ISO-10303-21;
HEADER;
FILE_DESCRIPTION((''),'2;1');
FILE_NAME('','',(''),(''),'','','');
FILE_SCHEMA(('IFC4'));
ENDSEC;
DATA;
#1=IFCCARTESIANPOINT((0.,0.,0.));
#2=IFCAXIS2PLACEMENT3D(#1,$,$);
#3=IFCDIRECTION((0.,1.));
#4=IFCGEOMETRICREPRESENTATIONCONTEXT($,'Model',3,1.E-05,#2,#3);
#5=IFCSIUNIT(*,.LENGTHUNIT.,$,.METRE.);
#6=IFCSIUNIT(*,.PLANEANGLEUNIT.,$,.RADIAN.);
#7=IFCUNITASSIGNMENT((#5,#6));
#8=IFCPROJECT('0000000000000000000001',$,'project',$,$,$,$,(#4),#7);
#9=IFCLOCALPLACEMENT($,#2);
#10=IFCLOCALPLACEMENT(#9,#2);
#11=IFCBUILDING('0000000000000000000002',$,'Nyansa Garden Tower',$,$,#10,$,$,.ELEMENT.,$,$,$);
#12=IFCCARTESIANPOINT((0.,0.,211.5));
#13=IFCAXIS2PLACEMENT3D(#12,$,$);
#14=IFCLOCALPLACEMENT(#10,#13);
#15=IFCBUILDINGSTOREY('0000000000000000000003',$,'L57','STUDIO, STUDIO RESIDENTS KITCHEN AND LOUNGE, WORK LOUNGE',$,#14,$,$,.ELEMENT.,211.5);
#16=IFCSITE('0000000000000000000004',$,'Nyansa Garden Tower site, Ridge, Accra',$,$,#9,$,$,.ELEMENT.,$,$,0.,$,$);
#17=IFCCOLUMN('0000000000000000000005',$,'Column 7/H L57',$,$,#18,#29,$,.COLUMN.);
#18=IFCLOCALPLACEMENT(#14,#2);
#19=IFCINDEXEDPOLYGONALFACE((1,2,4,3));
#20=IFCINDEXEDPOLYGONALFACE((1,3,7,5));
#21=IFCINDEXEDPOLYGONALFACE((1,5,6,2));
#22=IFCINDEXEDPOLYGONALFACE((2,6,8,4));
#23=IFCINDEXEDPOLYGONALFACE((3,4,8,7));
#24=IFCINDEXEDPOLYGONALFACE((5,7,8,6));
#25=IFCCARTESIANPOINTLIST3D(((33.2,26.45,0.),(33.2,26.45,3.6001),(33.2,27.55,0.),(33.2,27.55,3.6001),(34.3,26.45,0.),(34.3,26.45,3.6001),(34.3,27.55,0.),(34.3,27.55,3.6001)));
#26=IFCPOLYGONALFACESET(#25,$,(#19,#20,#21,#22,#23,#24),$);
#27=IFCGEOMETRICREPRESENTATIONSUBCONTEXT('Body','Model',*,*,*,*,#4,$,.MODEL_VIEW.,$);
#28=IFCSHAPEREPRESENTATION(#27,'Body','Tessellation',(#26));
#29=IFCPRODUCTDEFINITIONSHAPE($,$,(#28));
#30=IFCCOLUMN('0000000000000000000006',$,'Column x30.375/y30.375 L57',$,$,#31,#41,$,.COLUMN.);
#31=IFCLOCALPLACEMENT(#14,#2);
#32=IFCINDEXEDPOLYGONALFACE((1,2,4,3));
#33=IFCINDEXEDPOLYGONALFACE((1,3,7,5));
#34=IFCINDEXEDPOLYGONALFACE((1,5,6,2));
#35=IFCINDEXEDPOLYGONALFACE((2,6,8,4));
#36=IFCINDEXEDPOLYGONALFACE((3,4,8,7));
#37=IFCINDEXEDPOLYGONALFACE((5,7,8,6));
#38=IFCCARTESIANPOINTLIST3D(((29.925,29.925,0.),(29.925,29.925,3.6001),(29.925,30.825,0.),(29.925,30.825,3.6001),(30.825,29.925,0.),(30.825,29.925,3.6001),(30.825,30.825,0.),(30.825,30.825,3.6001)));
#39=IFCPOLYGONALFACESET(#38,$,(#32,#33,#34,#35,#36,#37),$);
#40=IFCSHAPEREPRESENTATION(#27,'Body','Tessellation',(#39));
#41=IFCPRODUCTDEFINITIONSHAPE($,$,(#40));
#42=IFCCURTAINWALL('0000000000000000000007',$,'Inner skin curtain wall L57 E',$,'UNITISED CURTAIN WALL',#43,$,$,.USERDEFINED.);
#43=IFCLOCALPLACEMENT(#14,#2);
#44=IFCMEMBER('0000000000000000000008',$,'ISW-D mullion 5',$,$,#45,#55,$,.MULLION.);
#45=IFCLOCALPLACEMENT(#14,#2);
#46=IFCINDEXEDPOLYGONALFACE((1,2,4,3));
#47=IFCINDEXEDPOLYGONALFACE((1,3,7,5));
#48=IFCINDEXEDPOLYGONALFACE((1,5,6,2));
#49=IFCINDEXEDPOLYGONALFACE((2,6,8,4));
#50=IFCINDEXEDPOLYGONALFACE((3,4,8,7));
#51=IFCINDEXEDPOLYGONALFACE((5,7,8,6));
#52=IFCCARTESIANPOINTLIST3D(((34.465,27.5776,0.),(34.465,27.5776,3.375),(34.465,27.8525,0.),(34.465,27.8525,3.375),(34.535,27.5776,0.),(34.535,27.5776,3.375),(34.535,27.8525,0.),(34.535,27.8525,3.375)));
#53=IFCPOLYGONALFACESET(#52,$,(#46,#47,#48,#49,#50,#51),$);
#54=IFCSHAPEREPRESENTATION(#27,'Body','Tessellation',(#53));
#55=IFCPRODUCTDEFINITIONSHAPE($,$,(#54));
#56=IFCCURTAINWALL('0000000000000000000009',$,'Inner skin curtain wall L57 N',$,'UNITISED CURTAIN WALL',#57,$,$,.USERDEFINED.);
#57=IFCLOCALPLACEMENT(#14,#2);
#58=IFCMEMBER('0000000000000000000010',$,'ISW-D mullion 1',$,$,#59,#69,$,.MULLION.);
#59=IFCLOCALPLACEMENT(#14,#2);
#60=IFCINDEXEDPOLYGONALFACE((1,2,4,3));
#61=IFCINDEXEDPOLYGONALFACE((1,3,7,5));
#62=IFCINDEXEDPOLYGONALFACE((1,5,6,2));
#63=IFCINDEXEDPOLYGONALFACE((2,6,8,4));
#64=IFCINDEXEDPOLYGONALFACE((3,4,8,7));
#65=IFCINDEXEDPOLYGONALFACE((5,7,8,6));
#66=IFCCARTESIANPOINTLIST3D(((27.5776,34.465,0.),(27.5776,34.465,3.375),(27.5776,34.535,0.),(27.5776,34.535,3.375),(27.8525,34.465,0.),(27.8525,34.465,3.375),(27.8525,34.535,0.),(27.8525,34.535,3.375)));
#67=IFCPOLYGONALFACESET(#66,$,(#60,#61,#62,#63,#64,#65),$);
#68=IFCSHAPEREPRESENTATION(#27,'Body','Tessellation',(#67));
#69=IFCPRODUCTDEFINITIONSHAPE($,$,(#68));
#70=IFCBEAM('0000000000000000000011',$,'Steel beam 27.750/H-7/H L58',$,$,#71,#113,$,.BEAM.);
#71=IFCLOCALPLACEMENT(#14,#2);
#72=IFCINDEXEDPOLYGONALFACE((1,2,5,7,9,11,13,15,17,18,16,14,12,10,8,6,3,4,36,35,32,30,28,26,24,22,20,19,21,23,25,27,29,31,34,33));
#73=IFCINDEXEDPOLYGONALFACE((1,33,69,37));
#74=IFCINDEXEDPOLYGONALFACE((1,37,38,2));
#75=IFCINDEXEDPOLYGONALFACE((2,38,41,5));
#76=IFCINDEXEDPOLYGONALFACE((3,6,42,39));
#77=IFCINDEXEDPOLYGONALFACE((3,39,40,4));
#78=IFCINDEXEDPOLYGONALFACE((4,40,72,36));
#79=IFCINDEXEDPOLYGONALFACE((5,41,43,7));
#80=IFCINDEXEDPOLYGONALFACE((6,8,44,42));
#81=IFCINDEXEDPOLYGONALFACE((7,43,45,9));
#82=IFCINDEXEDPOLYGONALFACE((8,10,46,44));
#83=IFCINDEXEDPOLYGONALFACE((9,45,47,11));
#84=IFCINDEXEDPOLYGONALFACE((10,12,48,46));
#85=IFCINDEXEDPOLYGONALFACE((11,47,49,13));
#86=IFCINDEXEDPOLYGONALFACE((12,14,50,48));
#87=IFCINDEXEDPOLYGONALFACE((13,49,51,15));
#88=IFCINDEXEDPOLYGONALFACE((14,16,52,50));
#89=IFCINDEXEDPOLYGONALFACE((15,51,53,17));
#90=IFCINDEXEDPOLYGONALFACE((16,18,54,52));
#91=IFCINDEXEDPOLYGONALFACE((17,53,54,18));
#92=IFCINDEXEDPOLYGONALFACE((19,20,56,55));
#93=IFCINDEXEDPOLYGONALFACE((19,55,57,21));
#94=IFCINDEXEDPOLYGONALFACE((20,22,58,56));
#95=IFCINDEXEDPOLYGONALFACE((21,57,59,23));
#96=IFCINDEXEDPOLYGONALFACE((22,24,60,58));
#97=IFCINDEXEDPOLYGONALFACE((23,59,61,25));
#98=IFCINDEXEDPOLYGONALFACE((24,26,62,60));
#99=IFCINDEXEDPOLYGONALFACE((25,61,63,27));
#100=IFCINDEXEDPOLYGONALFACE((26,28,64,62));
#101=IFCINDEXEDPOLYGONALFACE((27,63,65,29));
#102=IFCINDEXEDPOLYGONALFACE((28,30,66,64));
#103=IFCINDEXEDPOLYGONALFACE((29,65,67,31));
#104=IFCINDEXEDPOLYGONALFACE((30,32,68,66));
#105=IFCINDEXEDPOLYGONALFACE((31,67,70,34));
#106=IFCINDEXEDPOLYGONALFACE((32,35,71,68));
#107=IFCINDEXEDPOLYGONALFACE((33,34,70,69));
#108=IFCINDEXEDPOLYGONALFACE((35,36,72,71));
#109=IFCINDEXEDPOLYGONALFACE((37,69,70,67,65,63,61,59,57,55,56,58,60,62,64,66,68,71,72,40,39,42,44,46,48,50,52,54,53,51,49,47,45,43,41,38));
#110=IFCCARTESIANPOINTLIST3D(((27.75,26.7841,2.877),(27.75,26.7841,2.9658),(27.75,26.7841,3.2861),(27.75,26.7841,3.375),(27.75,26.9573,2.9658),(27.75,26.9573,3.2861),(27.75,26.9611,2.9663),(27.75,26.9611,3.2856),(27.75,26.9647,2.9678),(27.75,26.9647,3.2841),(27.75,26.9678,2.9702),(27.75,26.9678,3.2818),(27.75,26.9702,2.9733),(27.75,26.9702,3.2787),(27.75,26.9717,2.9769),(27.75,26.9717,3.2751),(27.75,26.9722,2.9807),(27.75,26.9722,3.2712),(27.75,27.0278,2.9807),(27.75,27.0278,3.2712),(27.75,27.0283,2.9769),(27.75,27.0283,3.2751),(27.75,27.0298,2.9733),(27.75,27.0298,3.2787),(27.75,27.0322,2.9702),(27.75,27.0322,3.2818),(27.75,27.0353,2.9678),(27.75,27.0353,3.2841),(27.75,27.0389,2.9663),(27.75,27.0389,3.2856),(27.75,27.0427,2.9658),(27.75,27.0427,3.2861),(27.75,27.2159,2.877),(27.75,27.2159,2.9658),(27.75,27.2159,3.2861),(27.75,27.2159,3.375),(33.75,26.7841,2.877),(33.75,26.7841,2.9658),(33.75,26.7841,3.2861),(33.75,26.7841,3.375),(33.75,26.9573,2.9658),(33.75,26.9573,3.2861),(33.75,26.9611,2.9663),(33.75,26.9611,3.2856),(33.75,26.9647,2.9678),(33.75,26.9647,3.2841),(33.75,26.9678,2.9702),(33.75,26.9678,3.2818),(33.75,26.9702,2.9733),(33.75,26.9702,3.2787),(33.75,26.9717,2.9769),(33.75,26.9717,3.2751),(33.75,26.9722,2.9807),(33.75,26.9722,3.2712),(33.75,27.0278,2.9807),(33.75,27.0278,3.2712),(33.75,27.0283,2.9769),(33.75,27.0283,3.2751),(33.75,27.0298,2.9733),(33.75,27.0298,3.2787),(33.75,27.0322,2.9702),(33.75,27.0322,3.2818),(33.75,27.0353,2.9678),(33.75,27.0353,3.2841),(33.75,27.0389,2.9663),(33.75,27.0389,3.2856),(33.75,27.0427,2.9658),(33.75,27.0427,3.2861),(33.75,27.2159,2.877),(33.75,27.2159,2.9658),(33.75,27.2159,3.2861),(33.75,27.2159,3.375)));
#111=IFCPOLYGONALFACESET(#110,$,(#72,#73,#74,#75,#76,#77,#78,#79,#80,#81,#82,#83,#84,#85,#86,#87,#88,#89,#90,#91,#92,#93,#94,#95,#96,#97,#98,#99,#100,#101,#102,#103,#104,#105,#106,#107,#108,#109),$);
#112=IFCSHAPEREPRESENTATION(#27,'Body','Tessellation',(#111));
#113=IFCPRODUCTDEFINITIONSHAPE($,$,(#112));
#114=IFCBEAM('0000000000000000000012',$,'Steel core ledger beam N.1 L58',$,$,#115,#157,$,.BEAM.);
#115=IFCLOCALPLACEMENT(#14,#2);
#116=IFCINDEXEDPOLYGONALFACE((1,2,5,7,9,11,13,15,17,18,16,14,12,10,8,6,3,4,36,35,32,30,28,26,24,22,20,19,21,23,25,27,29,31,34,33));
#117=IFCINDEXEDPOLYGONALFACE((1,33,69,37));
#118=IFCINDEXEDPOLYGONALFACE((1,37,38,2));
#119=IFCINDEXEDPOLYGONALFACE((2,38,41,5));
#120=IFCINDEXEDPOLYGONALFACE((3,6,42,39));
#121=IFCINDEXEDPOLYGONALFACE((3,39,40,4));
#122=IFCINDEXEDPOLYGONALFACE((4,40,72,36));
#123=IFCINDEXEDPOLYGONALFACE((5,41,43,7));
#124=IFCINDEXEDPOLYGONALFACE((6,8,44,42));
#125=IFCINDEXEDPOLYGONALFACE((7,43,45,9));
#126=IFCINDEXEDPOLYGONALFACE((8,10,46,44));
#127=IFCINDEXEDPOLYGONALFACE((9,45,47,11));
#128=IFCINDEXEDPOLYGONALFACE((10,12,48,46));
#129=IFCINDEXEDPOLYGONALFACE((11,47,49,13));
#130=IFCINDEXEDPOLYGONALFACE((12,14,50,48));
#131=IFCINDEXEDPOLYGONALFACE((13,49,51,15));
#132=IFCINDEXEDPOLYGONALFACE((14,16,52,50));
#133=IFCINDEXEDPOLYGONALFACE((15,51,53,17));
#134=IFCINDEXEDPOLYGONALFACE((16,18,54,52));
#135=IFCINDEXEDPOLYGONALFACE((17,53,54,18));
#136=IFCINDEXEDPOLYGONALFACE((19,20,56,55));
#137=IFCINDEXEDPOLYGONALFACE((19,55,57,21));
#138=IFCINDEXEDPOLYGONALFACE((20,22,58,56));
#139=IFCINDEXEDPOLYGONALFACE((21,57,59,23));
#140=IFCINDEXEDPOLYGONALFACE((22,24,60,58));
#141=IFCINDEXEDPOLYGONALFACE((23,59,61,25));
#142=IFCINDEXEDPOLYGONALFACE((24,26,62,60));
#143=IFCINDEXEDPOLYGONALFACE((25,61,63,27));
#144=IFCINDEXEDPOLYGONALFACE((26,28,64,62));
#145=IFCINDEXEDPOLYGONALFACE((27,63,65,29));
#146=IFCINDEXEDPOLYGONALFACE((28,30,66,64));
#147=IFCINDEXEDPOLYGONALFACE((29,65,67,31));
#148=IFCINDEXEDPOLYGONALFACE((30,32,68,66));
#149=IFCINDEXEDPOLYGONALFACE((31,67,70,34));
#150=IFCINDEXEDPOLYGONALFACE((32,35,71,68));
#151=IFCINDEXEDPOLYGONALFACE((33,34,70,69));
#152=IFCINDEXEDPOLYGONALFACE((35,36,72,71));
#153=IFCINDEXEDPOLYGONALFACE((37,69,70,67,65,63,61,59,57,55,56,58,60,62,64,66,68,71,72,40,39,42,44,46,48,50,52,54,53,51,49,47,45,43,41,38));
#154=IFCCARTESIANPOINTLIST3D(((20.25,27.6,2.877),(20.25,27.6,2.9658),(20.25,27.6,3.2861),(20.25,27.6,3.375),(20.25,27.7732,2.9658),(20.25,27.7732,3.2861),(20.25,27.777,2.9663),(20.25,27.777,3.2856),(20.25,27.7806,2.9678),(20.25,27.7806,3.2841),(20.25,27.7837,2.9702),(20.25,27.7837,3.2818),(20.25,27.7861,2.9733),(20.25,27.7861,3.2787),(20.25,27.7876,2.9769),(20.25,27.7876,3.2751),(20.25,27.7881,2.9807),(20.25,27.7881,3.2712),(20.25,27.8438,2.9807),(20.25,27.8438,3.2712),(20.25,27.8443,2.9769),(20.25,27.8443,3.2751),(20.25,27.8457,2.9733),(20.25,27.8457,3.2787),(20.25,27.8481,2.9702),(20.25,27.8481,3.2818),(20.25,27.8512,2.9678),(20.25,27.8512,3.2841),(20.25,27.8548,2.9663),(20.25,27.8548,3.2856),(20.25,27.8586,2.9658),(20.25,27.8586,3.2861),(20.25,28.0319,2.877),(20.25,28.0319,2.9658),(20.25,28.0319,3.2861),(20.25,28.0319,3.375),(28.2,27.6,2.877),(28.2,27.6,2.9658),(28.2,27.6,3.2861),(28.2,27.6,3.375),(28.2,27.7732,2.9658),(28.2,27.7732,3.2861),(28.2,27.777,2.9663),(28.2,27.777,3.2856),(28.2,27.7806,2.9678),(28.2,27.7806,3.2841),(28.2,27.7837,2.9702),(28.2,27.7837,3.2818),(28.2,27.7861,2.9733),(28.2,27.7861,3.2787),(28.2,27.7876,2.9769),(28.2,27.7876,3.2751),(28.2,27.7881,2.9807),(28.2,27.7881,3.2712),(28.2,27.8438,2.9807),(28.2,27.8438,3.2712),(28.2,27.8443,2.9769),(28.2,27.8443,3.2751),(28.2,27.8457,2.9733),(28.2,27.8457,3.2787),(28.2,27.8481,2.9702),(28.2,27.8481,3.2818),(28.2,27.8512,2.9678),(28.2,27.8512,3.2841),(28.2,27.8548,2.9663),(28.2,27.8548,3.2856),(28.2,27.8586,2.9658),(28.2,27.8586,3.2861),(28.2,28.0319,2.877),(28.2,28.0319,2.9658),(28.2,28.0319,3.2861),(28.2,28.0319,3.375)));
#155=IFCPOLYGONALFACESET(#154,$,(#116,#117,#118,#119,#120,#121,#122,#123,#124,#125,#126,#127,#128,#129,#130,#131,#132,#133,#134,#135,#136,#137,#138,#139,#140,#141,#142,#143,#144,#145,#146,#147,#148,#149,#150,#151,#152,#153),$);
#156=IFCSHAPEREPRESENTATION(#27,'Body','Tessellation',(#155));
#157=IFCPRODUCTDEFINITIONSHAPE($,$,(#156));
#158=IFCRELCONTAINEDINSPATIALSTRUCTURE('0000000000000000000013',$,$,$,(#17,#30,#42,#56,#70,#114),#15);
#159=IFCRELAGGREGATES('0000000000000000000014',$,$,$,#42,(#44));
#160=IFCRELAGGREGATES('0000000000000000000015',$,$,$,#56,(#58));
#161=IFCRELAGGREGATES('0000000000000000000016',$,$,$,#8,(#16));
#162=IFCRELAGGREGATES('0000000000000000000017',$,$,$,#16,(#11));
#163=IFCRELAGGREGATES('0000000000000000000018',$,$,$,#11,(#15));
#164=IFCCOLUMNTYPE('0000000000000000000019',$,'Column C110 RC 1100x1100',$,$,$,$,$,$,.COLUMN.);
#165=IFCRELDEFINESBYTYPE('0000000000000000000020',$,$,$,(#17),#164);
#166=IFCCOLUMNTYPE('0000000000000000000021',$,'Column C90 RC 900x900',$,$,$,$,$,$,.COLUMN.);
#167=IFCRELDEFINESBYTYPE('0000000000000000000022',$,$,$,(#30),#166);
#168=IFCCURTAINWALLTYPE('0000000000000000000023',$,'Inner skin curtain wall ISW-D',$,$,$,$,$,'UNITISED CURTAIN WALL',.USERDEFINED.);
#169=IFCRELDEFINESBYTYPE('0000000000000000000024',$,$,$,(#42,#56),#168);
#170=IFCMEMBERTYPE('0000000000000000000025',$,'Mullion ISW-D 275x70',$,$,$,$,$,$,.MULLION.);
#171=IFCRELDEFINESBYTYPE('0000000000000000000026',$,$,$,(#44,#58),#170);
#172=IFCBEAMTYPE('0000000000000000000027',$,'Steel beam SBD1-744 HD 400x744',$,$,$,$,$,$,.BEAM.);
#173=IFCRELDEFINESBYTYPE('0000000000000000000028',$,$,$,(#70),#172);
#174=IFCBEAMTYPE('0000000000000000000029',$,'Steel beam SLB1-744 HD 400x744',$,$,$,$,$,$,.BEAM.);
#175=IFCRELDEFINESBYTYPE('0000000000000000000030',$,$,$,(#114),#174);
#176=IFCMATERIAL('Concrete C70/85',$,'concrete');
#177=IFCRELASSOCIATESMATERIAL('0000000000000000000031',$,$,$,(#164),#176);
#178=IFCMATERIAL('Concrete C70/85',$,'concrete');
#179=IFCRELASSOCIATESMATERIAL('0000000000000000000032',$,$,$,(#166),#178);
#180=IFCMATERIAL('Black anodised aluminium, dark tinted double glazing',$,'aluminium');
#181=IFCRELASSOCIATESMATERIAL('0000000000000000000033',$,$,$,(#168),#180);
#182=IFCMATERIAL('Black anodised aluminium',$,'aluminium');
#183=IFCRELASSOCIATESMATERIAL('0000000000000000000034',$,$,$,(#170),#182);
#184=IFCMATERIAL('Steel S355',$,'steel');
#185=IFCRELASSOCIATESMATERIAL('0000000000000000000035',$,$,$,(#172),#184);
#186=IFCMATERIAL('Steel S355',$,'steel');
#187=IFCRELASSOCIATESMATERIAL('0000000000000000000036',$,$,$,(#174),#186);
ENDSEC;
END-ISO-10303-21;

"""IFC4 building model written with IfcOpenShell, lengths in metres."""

from ifc_helpers import new_model, si_unit, direction, frame, origin, origin_2d, place, context, subcontext, project, spatial, rectangle, i_section, extrude, material, material_profile, profile_set, type_object, element, aggregate, save


model = new_model("IFC4")

# Units and contexts
model_context = context("Model", 3, precision=1e-05, world=origin(), true_north=direction((0.0, 1.0)))
body_context = subcontext(model_context, "Body", "Model", "MODEL_VIEW")
ifc_project = project(units=[si_unit("LENGTHUNIT", "METRE"), si_unit("PLANEANGLEUNIT", "RADIAN")], contexts=[model_context])

# Site, building, storey
site_placement = place(None, origin())
site = spatial("IfcSite", under=ifc_project, at=site_placement, Name="Nyansa Garden Tower site, Ridge, Accra", CompositionType="ELEMENT", RefElevation=0.0)
building_placement = place(site_placement, origin())
building = spatial("IfcBuilding", under=site, at=building_placement, Name="Nyansa Garden Tower", CompositionType="ELEMENT")
storey_placement = place(building_placement, frame((0.0, 0.0, 211.5)))
storey = spatial("IfcBuildingStorey", under=building, at=storey_placement, Name="L57", Description="STUDIO, STUDIO RESIDENTS KITCHEN AND LOUNGE, WORK LOUNGE", CompositionType="ELEMENT", Elevation=211.5)

# Columns
ifc_material_1 = material(Name="Concrete C70/85", Category="concrete")
ifc_material_profile_1 = material_profile(ifc_material_1, rectangle(XDim=1.1001, YDim=1.1001, at=origin_2d()), Name="RC 1100x1100")
ifc_profile_set_1 = profile_set([ifc_material_profile_1], Name="Concrete C70/85")
column_type_1 = type_object("IfcColumnType", Name="Column C110 RC 1100x1100", PredefinedType="COLUMN", material=ifc_profile_set_1)
column_1_placement = place(storey_placement, frame((33.75, 27.0, 0.0), z_axis=(0.0, 0.0, 1.0), x_axis=(1.0, 0.0, 0.0)))
element("IfcColumn", 1, at=column_1_placement, inside=storey, type_object=column_type_1, Name="Column 7/H L57", PredefinedType="COLUMN", context=body_context, shape_type="SweptSolid", body=[
    extrude(rectangle(XDim=1.1001, YDim=1.1001, at=origin_2d()), origin(), (0.0, 0.0, 1.0), 3.6001),
])
ifc_material_2 = material(Name="Concrete C70/85", Category="concrete")
ifc_material_profile_2 = material_profile(ifc_material_2, rectangle(XDim=0.8999, YDim=0.8999, at=origin_2d()), Name="RC 900x900")
ifc_profile_set_2 = profile_set([ifc_material_profile_2], Name="Concrete C70/85")
column_type_2 = type_object("IfcColumnType", Name="Column C90 RC 900x900", PredefinedType="COLUMN", material=ifc_profile_set_2)
column_2_placement = place(storey_placement, frame((30.375, 30.375, 0.0), z_axis=(0.0, 0.0, 1.0), x_axis=(1.0, 0.0, 0.0)))
element("IfcColumn", 2, at=column_2_placement, inside=storey, type_object=column_type_2, Name="Column x30.375/y30.375 L57", PredefinedType="COLUMN", context=body_context, shape_type="SweptSolid", body=[
    extrude(rectangle(XDim=0.8999, YDim=0.8999, at=origin_2d()), origin(), (0.0, 0.0, 1.0), 3.6001),
])

# Curtain walls, members
ifc_material_3 = material(Name="Black anodised aluminium, dark tinted double glazing", Category="aluminium")
curtain_wall_type = type_object("IfcCurtainWallType", Name="Inner skin curtain wall ISW-D", ElementType="UNITISED CURTAIN WALL", PredefinedType="USERDEFINED", material=ifc_material_3)
curtain_wall_1_placement = place(storey_placement, origin())
curtain_wall_1 = element("IfcCurtainWall", 3, at=curtain_wall_1_placement, inside=storey, type_object=curtain_wall_type, Name="Inner skin curtain wall L57 E", ObjectType="UNITISED CURTAIN WALL", PredefinedType="USERDEFINED")
ifc_material_4 = material(Name="Black anodised aluminium", Category="aluminium")
ifc_material_profile_3 = material_profile(ifc_material_4, rectangle(XDim=0.0701, YDim=0.2749, at=origin_2d()), Name="Mullion 275x70")
ifc_profile_set_3 = profile_set([ifc_material_profile_3], Name="Black anodised aluminium")
member_type_1 = type_object("IfcMemberType", Name="Mullion ISW-D 275x70", PredefinedType="MULLION", material=ifc_profile_set_3)
member_1_placement = place(storey_placement, frame((34.5, 27.7151, 0.0), z_axis=(0.0, 0.0, 1.0), x_axis=(-1.0, 0.0, 0.0)))
member_1 = element("IfcMember", 4, at=member_1_placement, type_object=member_type_1, Name="ISW-D mullion 5", PredefinedType="MULLION", context=body_context, shape_type="SweptSolid", body=[
    extrude(rectangle(XDim=0.0701, YDim=0.2749, at=origin_2d()), origin(), (0.0, 0.0, 1.0), 3.375),
])
aggregate(curtain_wall_1, [member_1])
curtain_wall_2_placement = place(storey_placement, origin())
curtain_wall_2 = element("IfcCurtainWall", 5, at=curtain_wall_2_placement, inside=storey, type_object=curtain_wall_type, Name="Inner skin curtain wall L57 N", ObjectType="UNITISED CURTAIN WALL", PredefinedType="USERDEFINED")
member_2_placement = place(storey_placement, frame((27.7151, 34.5, 0.0), z_axis=(0.0, 0.0, 1.0), x_axis=(0.0, -1.0, 0.0)))
member_2 = element("IfcMember", 6, at=member_2_placement, type_object=member_type_1, Name="ISW-D mullion 1", PredefinedType="MULLION", context=body_context, shape_type="SweptSolid", body=[
    extrude(rectangle(XDim=0.0701, YDim=0.2749, at=origin_2d()), origin(), (0.0, 0.0, 1.0), 3.375),
])

# Beams
ifc_material_5 = material(Name="Steel S355", Category="steel")
ifc_material_profile_4 = material_profile(ifc_material_5, i_section(OverallWidth=0.4319, OverallDepth=0.498, WebThickness=0.0557, FlangeThickness=0.0889, FilletRadius=0.0149, at=origin_2d()), Name="HD 400x744")
ifc_profile_set_4 = profile_set([ifc_material_profile_4], Name="Steel S355")
beam_type_1 = type_object("IfcBeamType", Name="Steel beam SBD1-744 HD 400x744", PredefinedType="BEAM", material=ifc_profile_set_4)
beam_1_placement = place(storey_placement, frame((27.75, 27.0, 3.126), z_axis=(1.0, 0.0, 0.0), x_axis=(0.0, 1.0, 0.0)))
element("IfcBeam", 7, at=beam_1_placement, inside=storey, type_object=beam_type_1, Name="Steel beam 27.750/H-7/H L58", PredefinedType="BEAM", context=body_context, shape_type="SweptSolid", body=[
    extrude(i_section(OverallWidth=0.4319, OverallDepth=0.498, WebThickness=0.0557, FlangeThickness=0.0889, FilletRadius=0.0149, at=origin_2d()), origin(), (0.0, 0.0, 1.0), 6.0),
])
ifc_material_6 = material(Name="Steel S355", Category="steel")
ifc_material_profile_5 = material_profile(ifc_material_6, i_section(OverallWidth=0.4319, OverallDepth=0.498, WebThickness=0.0557, FlangeThickness=0.0889, FilletRadius=0.0149, at=origin_2d()), Name="HD 400x744")
ifc_profile_set_5 = profile_set([ifc_material_profile_5], Name="Steel S355")
beam_type_2 = type_object("IfcBeamType", Name="Steel beam SLB1-744 HD 400x744", PredefinedType="BEAM", material=ifc_profile_set_5)
beam_2_placement = place(storey_placement, frame((28.2, 27.8159, 3.126), z_axis=(-1.0, 0.0, 0.0), x_axis=(0.0, -1.0, 0.0)))
element("IfcBeam", 8, at=beam_2_placement, inside=storey, type_object=beam_type_2, Name="Steel core ledger beam N.1 L58", PredefinedType="BEAM", context=body_context, shape_type="SweptSolid", body=[
    extrude(i_section(OverallWidth=0.4319, OverallDepth=0.498, WebThickness=0.0557, FlangeThickness=0.0889, FilletRadius=0.0149, at=origin_2d()), origin(), (0.0, 0.0, 1.0), 7.95),
])

aggregate(curtain_wall_2, [member_2])

save(model, "model.ifc")
